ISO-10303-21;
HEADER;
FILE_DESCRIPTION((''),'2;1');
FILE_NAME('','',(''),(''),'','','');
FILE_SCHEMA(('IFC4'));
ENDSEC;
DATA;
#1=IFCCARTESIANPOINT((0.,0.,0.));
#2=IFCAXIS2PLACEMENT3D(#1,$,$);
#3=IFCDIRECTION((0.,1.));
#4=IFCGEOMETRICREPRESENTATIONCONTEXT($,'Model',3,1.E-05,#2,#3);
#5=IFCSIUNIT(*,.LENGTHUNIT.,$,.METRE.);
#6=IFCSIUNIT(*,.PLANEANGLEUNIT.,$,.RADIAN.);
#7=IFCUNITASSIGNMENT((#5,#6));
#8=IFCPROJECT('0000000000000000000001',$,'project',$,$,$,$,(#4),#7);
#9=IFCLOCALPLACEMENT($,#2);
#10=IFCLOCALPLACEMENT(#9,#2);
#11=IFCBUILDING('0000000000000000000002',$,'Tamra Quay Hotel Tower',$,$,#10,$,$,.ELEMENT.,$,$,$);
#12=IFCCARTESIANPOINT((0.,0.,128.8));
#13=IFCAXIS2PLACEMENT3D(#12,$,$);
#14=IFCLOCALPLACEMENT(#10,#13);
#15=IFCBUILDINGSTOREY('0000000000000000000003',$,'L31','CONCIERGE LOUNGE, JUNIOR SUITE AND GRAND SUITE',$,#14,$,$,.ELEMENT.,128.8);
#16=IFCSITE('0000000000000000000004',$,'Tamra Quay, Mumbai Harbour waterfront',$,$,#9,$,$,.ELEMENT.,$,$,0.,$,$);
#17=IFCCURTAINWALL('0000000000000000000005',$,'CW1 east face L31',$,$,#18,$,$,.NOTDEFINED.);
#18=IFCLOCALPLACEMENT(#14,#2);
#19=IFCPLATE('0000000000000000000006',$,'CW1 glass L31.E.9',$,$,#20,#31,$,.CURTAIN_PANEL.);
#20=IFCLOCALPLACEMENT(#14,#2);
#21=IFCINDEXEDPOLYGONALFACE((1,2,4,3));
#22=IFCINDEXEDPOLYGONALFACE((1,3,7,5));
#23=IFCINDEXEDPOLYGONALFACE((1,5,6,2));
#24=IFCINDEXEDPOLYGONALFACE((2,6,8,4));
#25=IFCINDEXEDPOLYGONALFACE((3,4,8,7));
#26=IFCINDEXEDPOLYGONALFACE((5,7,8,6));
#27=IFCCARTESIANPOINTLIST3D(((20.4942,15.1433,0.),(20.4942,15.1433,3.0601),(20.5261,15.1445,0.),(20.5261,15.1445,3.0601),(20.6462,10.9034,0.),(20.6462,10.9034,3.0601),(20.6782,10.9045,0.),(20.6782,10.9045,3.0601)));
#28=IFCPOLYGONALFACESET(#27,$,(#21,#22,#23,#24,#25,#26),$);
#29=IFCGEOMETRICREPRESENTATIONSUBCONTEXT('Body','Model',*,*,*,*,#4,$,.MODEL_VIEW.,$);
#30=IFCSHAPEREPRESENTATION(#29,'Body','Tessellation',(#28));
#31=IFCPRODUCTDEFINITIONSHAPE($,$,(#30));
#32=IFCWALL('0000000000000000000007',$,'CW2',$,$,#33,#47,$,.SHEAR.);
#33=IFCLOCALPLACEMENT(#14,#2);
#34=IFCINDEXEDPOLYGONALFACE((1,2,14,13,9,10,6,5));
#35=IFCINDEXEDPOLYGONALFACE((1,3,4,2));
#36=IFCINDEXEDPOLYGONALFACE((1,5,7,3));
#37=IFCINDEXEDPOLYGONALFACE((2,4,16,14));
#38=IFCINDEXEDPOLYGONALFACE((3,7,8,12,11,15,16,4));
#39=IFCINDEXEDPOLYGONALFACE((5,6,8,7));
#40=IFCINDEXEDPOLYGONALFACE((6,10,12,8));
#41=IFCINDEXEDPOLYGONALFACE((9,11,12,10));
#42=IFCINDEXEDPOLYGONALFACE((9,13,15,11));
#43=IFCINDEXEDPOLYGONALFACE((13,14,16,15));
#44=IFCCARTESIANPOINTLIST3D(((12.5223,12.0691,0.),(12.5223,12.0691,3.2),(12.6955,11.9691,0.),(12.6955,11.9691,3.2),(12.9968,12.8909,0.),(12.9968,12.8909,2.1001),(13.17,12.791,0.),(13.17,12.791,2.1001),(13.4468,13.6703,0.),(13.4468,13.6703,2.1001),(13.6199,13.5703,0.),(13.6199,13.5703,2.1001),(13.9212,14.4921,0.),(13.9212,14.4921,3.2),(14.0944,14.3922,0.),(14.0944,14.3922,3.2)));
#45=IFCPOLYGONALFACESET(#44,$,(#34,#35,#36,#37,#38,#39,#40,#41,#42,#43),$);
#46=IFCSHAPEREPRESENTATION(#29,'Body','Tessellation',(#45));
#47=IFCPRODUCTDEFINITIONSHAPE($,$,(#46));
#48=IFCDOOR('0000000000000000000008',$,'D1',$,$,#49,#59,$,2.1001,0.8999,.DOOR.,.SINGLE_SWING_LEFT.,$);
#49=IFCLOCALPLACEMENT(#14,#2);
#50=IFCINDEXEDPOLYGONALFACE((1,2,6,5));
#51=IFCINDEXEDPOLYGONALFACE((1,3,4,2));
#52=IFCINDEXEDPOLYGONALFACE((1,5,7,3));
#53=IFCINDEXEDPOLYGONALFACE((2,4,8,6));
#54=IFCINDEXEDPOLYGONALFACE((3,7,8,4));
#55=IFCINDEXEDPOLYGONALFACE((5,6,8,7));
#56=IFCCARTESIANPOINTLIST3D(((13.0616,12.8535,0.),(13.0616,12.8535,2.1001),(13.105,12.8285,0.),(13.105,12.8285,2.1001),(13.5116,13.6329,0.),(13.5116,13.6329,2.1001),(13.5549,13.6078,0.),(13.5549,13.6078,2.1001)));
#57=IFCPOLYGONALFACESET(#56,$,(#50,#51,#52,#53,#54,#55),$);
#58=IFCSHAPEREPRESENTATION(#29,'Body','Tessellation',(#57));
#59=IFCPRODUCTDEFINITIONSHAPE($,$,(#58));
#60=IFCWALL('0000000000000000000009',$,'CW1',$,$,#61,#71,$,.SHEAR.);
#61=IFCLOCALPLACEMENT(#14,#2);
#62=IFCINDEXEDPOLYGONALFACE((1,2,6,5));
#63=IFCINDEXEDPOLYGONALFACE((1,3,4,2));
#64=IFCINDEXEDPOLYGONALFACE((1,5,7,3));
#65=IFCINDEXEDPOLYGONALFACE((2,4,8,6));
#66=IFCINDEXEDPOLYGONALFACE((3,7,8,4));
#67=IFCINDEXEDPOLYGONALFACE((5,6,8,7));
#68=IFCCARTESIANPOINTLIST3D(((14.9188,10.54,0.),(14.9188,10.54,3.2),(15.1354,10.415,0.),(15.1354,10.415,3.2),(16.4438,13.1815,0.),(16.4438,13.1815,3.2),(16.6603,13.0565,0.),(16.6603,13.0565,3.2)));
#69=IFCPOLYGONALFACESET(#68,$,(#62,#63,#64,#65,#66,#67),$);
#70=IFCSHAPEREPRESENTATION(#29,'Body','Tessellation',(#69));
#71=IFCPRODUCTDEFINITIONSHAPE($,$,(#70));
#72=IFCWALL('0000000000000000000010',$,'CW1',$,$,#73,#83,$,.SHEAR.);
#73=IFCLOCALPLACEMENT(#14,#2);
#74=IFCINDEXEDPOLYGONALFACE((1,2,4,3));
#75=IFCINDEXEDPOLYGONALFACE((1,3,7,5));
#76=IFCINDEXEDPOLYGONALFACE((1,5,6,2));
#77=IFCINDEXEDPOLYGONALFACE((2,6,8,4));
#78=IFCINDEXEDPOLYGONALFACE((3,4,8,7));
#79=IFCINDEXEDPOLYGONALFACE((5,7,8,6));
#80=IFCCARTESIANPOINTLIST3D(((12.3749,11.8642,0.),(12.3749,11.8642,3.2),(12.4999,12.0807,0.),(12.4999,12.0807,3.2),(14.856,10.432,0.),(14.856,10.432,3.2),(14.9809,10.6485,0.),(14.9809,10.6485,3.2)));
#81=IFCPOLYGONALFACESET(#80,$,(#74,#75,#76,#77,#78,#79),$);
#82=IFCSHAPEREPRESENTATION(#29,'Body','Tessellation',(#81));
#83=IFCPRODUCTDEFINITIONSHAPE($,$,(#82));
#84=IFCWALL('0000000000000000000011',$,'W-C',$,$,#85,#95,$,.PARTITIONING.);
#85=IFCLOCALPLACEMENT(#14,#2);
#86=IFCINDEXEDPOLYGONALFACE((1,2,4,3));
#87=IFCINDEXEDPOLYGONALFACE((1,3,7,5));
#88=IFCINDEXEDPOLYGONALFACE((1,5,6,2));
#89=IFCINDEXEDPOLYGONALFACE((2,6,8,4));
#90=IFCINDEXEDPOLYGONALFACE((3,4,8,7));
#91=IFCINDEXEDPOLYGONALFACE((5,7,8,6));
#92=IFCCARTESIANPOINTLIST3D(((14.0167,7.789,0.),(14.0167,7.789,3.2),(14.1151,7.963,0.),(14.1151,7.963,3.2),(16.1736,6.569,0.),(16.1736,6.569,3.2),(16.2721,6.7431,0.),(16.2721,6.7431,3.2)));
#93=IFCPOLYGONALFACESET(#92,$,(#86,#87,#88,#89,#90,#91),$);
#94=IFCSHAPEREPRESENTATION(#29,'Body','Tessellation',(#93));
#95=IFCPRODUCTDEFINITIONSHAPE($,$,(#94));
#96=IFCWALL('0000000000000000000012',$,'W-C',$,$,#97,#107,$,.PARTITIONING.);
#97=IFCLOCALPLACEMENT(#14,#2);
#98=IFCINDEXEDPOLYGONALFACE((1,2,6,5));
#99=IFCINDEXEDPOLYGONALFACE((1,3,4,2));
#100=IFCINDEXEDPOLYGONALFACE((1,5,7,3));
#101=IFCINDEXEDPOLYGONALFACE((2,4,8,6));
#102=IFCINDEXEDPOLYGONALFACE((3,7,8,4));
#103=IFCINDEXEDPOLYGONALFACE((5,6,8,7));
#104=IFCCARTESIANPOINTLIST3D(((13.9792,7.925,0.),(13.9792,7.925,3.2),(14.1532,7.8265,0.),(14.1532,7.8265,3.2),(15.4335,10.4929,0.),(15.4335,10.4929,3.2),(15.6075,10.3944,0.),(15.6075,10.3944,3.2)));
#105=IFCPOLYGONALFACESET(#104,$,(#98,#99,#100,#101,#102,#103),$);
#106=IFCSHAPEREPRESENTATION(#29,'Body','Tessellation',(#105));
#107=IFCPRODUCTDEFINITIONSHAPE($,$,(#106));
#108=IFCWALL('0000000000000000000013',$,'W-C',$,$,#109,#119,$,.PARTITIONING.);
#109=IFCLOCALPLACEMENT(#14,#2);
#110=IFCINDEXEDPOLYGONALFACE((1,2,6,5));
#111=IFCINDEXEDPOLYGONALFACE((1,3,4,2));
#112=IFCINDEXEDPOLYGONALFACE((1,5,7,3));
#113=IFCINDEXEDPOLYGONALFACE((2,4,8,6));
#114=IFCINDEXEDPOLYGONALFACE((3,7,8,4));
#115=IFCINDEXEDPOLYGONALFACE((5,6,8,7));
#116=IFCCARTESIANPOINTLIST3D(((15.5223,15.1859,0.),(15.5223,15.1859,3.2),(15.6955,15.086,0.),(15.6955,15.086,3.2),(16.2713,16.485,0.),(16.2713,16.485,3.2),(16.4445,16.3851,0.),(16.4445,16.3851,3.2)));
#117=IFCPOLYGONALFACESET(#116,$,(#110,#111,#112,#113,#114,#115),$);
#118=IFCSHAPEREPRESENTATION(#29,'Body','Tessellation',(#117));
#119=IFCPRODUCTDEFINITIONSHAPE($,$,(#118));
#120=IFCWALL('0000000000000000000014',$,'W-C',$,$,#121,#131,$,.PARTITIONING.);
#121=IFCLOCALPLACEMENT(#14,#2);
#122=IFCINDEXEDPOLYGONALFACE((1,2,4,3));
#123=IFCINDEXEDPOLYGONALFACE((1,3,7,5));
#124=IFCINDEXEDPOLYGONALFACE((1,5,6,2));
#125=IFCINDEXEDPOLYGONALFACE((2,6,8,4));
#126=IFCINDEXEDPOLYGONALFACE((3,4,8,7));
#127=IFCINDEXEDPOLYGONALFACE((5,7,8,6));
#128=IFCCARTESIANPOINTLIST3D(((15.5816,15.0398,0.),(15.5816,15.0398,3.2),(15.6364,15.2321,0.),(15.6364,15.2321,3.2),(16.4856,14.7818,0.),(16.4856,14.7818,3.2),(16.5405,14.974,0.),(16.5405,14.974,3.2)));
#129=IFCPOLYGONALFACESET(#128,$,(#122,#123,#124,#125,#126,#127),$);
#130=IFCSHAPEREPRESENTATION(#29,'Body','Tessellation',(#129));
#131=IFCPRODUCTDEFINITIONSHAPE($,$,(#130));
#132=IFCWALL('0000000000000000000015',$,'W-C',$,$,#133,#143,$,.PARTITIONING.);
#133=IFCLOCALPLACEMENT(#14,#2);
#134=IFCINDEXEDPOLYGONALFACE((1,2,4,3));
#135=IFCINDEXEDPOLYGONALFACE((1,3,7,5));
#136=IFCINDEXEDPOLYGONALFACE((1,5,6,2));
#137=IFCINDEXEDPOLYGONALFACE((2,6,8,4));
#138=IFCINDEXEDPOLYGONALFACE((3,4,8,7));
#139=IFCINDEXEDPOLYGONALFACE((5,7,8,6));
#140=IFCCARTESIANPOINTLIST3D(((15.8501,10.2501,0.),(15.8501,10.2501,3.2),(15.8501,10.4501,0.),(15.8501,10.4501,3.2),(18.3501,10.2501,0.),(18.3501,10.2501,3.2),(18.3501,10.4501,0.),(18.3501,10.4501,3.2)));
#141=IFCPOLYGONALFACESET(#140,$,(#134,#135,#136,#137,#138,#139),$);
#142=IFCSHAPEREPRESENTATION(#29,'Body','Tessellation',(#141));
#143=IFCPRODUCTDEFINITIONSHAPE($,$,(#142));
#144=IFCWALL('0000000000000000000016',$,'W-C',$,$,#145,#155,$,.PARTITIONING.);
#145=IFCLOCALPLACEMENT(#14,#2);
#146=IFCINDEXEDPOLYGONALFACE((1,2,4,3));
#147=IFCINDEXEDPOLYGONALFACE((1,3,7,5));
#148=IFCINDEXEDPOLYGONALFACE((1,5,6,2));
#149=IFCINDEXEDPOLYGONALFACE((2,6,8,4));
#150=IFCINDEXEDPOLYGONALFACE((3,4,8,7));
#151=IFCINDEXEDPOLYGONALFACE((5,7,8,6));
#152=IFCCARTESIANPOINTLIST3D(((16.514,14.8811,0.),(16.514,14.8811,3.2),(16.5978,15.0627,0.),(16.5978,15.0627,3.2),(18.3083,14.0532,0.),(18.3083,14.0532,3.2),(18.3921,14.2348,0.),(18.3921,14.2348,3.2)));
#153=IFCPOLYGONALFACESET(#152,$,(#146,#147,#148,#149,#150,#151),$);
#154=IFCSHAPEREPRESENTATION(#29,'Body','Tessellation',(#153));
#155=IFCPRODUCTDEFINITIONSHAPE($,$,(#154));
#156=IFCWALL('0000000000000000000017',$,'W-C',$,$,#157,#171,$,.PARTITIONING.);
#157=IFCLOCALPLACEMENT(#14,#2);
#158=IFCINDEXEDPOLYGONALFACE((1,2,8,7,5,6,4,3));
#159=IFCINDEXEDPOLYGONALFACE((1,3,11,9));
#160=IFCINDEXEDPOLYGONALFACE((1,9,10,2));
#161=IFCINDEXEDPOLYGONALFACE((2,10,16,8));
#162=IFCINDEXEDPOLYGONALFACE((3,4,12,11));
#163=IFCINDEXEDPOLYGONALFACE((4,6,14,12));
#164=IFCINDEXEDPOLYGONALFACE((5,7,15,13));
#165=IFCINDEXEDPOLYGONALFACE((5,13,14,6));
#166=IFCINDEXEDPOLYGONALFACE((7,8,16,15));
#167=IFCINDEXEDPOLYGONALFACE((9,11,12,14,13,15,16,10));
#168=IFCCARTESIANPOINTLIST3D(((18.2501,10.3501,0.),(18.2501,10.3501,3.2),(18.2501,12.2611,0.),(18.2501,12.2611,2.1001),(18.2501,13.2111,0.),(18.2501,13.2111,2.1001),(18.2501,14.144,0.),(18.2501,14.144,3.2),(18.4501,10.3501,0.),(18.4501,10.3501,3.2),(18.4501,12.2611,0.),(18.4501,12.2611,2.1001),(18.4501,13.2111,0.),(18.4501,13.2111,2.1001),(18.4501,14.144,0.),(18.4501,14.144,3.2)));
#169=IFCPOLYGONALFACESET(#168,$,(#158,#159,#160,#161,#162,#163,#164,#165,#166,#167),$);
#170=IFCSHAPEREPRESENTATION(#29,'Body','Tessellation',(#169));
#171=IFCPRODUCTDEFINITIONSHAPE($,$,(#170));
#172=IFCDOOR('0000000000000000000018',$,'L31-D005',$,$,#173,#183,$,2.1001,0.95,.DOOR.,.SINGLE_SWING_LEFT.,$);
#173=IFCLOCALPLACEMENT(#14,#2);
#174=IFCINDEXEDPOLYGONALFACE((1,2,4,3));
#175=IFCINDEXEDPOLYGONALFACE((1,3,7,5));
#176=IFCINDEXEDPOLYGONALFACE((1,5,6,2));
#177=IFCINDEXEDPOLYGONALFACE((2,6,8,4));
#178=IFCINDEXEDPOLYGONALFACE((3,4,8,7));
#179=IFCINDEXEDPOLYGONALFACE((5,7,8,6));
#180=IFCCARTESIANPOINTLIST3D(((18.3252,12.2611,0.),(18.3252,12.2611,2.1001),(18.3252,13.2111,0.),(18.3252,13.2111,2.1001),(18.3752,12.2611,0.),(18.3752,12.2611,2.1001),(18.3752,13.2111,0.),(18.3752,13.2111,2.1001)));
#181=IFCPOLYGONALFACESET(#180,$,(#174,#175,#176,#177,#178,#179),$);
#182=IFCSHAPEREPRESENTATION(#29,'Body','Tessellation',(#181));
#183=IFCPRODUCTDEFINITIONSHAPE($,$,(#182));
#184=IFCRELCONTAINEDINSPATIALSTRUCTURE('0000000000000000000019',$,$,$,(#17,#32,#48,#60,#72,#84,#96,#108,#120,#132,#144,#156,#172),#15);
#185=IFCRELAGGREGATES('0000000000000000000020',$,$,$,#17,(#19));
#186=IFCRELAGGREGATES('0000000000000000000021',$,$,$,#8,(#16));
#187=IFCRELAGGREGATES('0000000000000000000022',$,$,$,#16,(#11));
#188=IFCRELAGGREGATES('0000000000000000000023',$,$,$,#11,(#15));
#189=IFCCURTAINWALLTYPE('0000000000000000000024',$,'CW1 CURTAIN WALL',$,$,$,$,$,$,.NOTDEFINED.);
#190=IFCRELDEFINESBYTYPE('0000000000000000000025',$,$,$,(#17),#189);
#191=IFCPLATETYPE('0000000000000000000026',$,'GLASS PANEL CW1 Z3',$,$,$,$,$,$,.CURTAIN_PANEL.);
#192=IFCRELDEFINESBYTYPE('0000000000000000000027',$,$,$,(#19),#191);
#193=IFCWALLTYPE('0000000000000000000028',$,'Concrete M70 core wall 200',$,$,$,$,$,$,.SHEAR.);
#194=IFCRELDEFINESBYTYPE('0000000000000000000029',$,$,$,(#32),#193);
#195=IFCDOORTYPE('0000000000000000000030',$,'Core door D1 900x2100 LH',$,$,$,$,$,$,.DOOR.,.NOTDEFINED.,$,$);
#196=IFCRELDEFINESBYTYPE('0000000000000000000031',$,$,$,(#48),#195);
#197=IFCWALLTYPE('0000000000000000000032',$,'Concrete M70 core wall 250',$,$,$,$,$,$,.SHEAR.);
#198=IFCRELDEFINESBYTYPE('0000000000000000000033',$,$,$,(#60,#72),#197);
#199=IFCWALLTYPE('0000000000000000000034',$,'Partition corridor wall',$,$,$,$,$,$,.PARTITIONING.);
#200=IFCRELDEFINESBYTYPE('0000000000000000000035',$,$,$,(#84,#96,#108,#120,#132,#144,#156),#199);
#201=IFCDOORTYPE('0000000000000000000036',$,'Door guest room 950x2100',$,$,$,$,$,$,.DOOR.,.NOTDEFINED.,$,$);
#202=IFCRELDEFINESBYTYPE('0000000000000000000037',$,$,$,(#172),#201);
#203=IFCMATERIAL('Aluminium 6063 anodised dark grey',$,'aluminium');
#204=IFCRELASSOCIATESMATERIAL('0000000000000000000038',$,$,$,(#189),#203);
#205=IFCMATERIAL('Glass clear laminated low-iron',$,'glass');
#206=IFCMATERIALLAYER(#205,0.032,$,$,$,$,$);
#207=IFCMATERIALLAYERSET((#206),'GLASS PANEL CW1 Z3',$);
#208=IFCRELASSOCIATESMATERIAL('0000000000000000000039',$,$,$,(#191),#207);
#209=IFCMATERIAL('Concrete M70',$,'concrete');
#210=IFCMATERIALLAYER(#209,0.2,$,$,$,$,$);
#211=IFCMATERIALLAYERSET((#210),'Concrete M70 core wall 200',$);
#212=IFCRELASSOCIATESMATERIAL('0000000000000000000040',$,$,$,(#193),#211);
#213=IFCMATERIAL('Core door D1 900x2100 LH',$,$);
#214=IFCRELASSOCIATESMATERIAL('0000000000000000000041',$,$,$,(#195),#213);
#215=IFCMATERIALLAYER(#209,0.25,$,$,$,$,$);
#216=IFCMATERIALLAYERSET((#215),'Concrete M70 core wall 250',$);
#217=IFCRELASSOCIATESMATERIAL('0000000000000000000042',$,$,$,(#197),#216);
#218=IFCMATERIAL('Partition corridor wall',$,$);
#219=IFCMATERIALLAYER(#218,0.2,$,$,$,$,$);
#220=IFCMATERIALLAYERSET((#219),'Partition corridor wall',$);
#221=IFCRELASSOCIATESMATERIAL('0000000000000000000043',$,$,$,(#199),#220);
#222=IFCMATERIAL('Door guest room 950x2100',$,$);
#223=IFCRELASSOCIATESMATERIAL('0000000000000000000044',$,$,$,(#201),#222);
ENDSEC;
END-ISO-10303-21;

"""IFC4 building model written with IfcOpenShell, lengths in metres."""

from ifc_helpers import new_model, si_unit, direction, frame, frame_2d, origin, origin_2d, place, context, subcontext, project, spatial, rectangle, extrude, material, layer, layer_set, type_object, element, fill, aggregate, save


model = new_model("IFC4")

# Units and contexts
model_context = context("Model", 3, precision=1e-05, world=origin(), true_north=direction((0.0, 1.0)))
body_context = subcontext(model_context, "Body", "Model", "MODEL_VIEW")
ifc_project = project(units=[si_unit("LENGTHUNIT", "METRE"), si_unit("PLANEANGLEUNIT", "RADIAN")], contexts=[model_context])

# Site, building, storey
site_placement = place(None, origin())
site = spatial("IfcSite", under=ifc_project, at=site_placement, Name="Tamra Quay, Mumbai Harbour waterfront", CompositionType="ELEMENT", RefElevation=0.0)
building_placement = place(site_placement, origin())
building = spatial("IfcBuilding", under=site, at=building_placement, Name="Tamra Quay Hotel Tower", CompositionType="ELEMENT")
storey_placement = place(building_placement, frame((0.0, 0.0, 128.8)))
storey = spatial("IfcBuildingStorey", under=building, at=storey_placement, Name="L31", Description="CONCIERGE LOUNGE, JUNIOR SUITE AND GRAND SUITE", CompositionType="ELEMENT", Elevation=128.8)

# Shared definitions
ifc_material_1 = material(Name="Concrete M70", Category="concrete")

# Curtain wall
ifc_material_2 = material(Name="Aluminium 6063 anodised dark grey", Category="aluminium")
curtain_wall_type = type_object("IfcCurtainWallType", Name="CW1 CURTAIN WALL", PredefinedType="NOTDEFINED", material=ifc_material_2)
curtain_wall_placement = place(storey_placement, origin())
curtain_wall = element("IfcCurtainWall", 1, at=curtain_wall_placement, inside=storey, type_object=curtain_wall_type, Name="CW1 east face L31", PredefinedType="NOTDEFINED")

# Plate
ifc_material_3 = material(Name="Glass clear laminated low-iron", Category="glass")
ifc_layer_1 = layer(ifc_material_3, 0.032)
ifc_layer_set_1 = layer_set([ifc_layer_1], Name="GLASS PANEL CW1 Z3")
plate_type = type_object("IfcPlateType", Name="GLASS PANEL CW1 Z3", PredefinedType="CURTAIN_PANEL", material=ifc_layer_set_1)
plate_1_placement = place(storey_placement, frame((20.5862, 13.0239, 0.0), z_axis=(0.0, 0.0, 1.0), x_axis=(-0.035845, 0.999357, 0.0)))
plate_1 = element("IfcPlate", 2, at=plate_1_placement, type_object=plate_type, Name="CW1 glass L31.E.9", PredefinedType="CURTAIN_PANEL", context=body_context, shape_type="SweptSolid", body=[
    extrude(rectangle(XDim=4.2427, YDim=0.032, at=origin_2d()), origin(), (0.0, 0.0, 1.0), 3.0601),
])
aggregate(curtain_wall, [plate_1])

# Wall, opening, door
ifc_layer_2 = layer(ifc_material_1, 0.2)
ifc_layer_set_2 = layer_set([ifc_layer_2], Name="Concrete M70 core wall 200")
wall_type_1 = type_object("IfcWallType", Name="Concrete M70 core wall 200", PredefinedType="SHEAR", material=ifc_layer_set_2)
wall_1_placement = place(storey_placement, frame((14.0078, 14.4421, 0.0), z_axis=(0.0, 0.0, 1.0), x_axis=(-0.499987, -0.866033, 0.0)))
wall_1 = element("IfcWall", 3, at=wall_1_placement, inside=storey, type_object=wall_type_1, Name="CW2", PredefinedType="SHEAR", context=body_context, shape_type="SweptSolid", body=[
    extrude(rectangle(XDim=2.7979, YDim=0.2, at=frame_2d((1.3989, 0.0))), origin(), (0.0, 0.0, 1.0), 3.2),
])
opening_1_placement = place(wall_1_placement, frame((0.949, 0.0, 0.0)))
opening_1 = element("IfcOpeningElement", 4, at=opening_1_placement, cuts=wall_1, PredefinedType="OPENING", context=body_context, shape_type="SweptSolid", body=[
    extrude(rectangle(XDim=0.8999, YDim=2.1001, at=frame_2d((0.45, 1.05))), frame((0.0, 0.1099, 0.0), z_axis=(0.0, -1.0, 0.0), x_axis=(1.0, 0.0, 0.0)), (0.0, 0.0, 1.0), 0.22),
])
ifc_material_4 = material(Name="Core door D1 900x2100 LH")
door_type_1 = type_object("IfcDoorType", Name="Core door D1 900x2100 LH", OperationType="NOTDEFINED", PredefinedType="DOOR", material=ifc_material_4)
door_1_placement = place(opening_1_placement, origin())
door_1 = element("IfcDoor", 5, at=door_1_placement, inside=storey, type_object=door_type_1, Name="D1", OperationType="SINGLE_SWING_LEFT", OverallHeight=2.1001, OverallWidth=0.8999, PredefinedType="DOOR", context=body_context, shape_type="SweptSolid", body=[
    extrude(rectangle(XDim=0.8999, YDim=2.1001, at=frame_2d((0.45, 1.05))), frame((0.0, 0.0249, 0.0), z_axis=(0.0, -1.0, 0.0), x_axis=(1.0, 0.0, 0.0)), (0.0, 0.0, 1.0), 0.05),
])
fill(opening_1, door_1)

# Walls
ifc_layer_3 = layer(ifc_material_1, 0.25)
ifc_layer_set_3 = layer_set([ifc_layer_3], Name="Concrete M70 core wall 250")
wall_type_2 = type_object("IfcWallType", Name="Concrete M70 core wall 250", PredefinedType="SHEAR", material=ifc_layer_set_3)
wall_2_placement = place(storey_placement, frame((16.552, 13.1189, 0.0), z_axis=(0.0, 0.0, 1.0), x_axis=(-0.499979, -0.866038, 0.0)))
element("IfcWall", 6, at=wall_2_placement, inside=storey, type_object=wall_type_2, Name="CW1", PredefinedType="SHEAR", context=body_context, shape_type="SweptSolid", body=[
    extrude(rectangle(XDim=3.05, YDim=0.25, at=frame_2d((1.5249, 0.0))), origin(), (0.0, 0.0, 1.0), 3.2),
])
wall_3_placement = place(storey_placement, frame((14.9185, 10.5403, 0.0), z_axis=(0.0, 0.0, 1.0), x_axis=(-0.866064, 0.499934, 0.0)))
element("IfcWall", 7, at=wall_3_placement, inside=storey, type_object=wall_type_2, Name="CW1", PredefinedType="SHEAR", context=body_context, shape_type="SweptSolid", body=[
    extrude(rectangle(XDim=2.8647, YDim=0.25, at=frame_2d((1.4324, 0.0))), origin(), (0.0, 0.0, 1.0), 3.2),
])
ifc_material_5 = material(Name="Partition corridor wall")
ifc_layer_4 = layer(ifc_material_5, 0.2)
ifc_layer_set_4 = layer_set([ifc_layer_4], Name="Partition corridor wall")
wall_type_3 = type_object("IfcWallType", Name="Partition corridor wall", PredefinedType="PARTITIONING", material=ifc_layer_set_4)
wall_4_placement = place(storey_placement, frame((14.0659, 7.876, 0.0), z_axis=(0.0, 0.0, 1.0), x_axis=(0.870423, -0.492304, 0.0)))
element("IfcWall", 8, at=wall_4_placement, inside=storey, type_object=wall_type_3, Name="W-C", PredefinedType="PARTITIONING", context=body_context, shape_type="SweptSolid", body=[
    extrude(rectangle(XDim=2.478, YDim=0.2, at=frame_2d((1.239, 0.0))), origin(), (0.0, 0.0, 1.0), 3.2),
])
wall_5_placement = place(storey_placement, frame((14.0662, 7.8757, 0.0), z_axis=(0.0, 0.0, 1.0), x_axis=(0.492812, 0.870136, 0.0)))
element("IfcWall", 9, at=wall_5_placement, inside=storey, type_object=wall_type_3, Name="W-C", PredefinedType="PARTITIONING", context=body_context, shape_type="SweptSolid", body=[
    extrude(rectangle(XDim=2.9512, YDim=0.2, at=frame_2d((1.4756, 0.0))), origin(), (0.0, 0.0, 1.0), 3.2),
])
wall_6_placement = place(storey_placement, frame((15.6089, 15.136, 0.0), z_axis=(0.0, 0.0, 1.0), x_axis=(0.499502, 0.866313, 0.0)))
element("IfcWall", 10, at=wall_6_placement, inside=storey, type_object=wall_type_3, Name="W-C", PredefinedType="PARTITIONING", context=body_context, shape_type="SweptSolid", body=[
    extrude(rectangle(XDim=1.4995, YDim=0.2, at=frame_2d((0.7498, 0.0))), origin(), (0.0, 0.0, 1.0), 3.2),
])
wall_7_placement = place(storey_placement, frame((15.6089, 15.136, 0.0), z_axis=(0.0, 0.0, 1.0), x_axis=(0.961593, -0.274481, 0.0)))
element("IfcWall", 11, at=wall_7_placement, inside=storey, type_object=wall_type_3, Name="W-C", PredefinedType="PARTITIONING", context=body_context, shape_type="SweptSolid", body=[
    extrude(rectangle(XDim=0.9402, YDim=0.2, at=frame_2d((0.4702, 0.0))), origin(), (0.0, 0.0, 1.0), 3.2),
])
wall_8_placement = place(storey_placement, frame((15.8501, 10.3501, 0.0), z_axis=(0.0, 0.0, 1.0), x_axis=(1.0, 0.0, 0.0)))
element("IfcWall", 12, at=wall_8_placement, inside=storey, type_object=wall_type_3, Name="W-C", PredefinedType="PARTITIONING", context=body_context, shape_type="SweptSolid", body=[
    extrude(rectangle(XDim=2.5, YDim=0.2, at=frame_2d((1.25, 0.0))), origin(), (0.0, 0.0, 1.0), 3.2),
])
wall_9_placement = place(storey_placement, frame((16.5559, 14.9719, 0.0), z_axis=(0.0, 0.0, 1.0), x_axis=(0.907999, -0.418972, 0.0)))
element("IfcWall", 13, at=wall_9_placement, inside=storey, type_object=wall_type_3, Name="W-C", PredefinedType="PARTITIONING", context=body_context, shape_type="SweptSolid", body=[
    extrude(rectangle(XDim=1.9761, YDim=0.2, at=frame_2d((0.988, 0.0))), origin(), (0.0, 0.0, 1.0), 3.2),
])

# Wall, opening, door
wall_10_placement = place(storey_placement, frame((18.3501, 10.3501, 0.0), z_axis=(0.0, 0.0, 1.0), x_axis=(0.0, 1.0, 0.0)))
wall_10 = element("IfcWall", 14, at=wall_10_placement, inside=storey, type_object=wall_type_3, Name="W-C", PredefinedType="PARTITIONING", context=body_context, shape_type="SweptSolid", body=[
    extrude(rectangle(XDim=3.7939, YDim=0.2, at=frame_2d((1.897, 0.0))), origin(), (0.0, 0.0, 1.0), 3.2),
])
opening_2_placement = place(wall_10_placement, frame((1.9109, 0.0, 0.0)))
opening_2 = element("IfcOpeningElement", 15, at=opening_2_placement, cuts=wall_10, PredefinedType="OPENING", context=body_context, shape_type="SweptSolid", body=[
    extrude(rectangle(XDim=0.95, YDim=2.1001, at=frame_2d((0.4751, 1.05))), frame((0.0, 0.1099, 0.0), z_axis=(0.0, -1.0, 0.0), x_axis=(1.0, 0.0, 0.0)), (0.0, 0.0, 1.0), 0.22),
])
ifc_material_6 = material(Name="Door guest room 950x2100")
door_type_2 = type_object("IfcDoorType", Name="Door guest room 950x2100", OperationType="NOTDEFINED", PredefinedType="DOOR", material=ifc_material_6)
door_2_placement = place(opening_2_placement, origin())
door_2 = element("IfcDoor", 16, at=door_2_placement, inside=storey, type_object=door_type_2, Name="L31-D005", OperationType="SINGLE_SWING_LEFT", OverallHeight=2.1001, OverallWidth=0.95, PredefinedType="DOOR", context=body_context, shape_type="SweptSolid", body=[
    extrude(rectangle(XDim=0.95, YDim=2.1001, at=frame_2d((0.4751, 1.05))), frame((0.0, 0.0249, 0.0), z_axis=(0.0, -1.0, 0.0), x_axis=(1.0, 0.0, 0.0)), (0.0, 0.0, 1.0), 0.05),
])
fill(opening_2, door_2)

save(model, "model.ifc")
